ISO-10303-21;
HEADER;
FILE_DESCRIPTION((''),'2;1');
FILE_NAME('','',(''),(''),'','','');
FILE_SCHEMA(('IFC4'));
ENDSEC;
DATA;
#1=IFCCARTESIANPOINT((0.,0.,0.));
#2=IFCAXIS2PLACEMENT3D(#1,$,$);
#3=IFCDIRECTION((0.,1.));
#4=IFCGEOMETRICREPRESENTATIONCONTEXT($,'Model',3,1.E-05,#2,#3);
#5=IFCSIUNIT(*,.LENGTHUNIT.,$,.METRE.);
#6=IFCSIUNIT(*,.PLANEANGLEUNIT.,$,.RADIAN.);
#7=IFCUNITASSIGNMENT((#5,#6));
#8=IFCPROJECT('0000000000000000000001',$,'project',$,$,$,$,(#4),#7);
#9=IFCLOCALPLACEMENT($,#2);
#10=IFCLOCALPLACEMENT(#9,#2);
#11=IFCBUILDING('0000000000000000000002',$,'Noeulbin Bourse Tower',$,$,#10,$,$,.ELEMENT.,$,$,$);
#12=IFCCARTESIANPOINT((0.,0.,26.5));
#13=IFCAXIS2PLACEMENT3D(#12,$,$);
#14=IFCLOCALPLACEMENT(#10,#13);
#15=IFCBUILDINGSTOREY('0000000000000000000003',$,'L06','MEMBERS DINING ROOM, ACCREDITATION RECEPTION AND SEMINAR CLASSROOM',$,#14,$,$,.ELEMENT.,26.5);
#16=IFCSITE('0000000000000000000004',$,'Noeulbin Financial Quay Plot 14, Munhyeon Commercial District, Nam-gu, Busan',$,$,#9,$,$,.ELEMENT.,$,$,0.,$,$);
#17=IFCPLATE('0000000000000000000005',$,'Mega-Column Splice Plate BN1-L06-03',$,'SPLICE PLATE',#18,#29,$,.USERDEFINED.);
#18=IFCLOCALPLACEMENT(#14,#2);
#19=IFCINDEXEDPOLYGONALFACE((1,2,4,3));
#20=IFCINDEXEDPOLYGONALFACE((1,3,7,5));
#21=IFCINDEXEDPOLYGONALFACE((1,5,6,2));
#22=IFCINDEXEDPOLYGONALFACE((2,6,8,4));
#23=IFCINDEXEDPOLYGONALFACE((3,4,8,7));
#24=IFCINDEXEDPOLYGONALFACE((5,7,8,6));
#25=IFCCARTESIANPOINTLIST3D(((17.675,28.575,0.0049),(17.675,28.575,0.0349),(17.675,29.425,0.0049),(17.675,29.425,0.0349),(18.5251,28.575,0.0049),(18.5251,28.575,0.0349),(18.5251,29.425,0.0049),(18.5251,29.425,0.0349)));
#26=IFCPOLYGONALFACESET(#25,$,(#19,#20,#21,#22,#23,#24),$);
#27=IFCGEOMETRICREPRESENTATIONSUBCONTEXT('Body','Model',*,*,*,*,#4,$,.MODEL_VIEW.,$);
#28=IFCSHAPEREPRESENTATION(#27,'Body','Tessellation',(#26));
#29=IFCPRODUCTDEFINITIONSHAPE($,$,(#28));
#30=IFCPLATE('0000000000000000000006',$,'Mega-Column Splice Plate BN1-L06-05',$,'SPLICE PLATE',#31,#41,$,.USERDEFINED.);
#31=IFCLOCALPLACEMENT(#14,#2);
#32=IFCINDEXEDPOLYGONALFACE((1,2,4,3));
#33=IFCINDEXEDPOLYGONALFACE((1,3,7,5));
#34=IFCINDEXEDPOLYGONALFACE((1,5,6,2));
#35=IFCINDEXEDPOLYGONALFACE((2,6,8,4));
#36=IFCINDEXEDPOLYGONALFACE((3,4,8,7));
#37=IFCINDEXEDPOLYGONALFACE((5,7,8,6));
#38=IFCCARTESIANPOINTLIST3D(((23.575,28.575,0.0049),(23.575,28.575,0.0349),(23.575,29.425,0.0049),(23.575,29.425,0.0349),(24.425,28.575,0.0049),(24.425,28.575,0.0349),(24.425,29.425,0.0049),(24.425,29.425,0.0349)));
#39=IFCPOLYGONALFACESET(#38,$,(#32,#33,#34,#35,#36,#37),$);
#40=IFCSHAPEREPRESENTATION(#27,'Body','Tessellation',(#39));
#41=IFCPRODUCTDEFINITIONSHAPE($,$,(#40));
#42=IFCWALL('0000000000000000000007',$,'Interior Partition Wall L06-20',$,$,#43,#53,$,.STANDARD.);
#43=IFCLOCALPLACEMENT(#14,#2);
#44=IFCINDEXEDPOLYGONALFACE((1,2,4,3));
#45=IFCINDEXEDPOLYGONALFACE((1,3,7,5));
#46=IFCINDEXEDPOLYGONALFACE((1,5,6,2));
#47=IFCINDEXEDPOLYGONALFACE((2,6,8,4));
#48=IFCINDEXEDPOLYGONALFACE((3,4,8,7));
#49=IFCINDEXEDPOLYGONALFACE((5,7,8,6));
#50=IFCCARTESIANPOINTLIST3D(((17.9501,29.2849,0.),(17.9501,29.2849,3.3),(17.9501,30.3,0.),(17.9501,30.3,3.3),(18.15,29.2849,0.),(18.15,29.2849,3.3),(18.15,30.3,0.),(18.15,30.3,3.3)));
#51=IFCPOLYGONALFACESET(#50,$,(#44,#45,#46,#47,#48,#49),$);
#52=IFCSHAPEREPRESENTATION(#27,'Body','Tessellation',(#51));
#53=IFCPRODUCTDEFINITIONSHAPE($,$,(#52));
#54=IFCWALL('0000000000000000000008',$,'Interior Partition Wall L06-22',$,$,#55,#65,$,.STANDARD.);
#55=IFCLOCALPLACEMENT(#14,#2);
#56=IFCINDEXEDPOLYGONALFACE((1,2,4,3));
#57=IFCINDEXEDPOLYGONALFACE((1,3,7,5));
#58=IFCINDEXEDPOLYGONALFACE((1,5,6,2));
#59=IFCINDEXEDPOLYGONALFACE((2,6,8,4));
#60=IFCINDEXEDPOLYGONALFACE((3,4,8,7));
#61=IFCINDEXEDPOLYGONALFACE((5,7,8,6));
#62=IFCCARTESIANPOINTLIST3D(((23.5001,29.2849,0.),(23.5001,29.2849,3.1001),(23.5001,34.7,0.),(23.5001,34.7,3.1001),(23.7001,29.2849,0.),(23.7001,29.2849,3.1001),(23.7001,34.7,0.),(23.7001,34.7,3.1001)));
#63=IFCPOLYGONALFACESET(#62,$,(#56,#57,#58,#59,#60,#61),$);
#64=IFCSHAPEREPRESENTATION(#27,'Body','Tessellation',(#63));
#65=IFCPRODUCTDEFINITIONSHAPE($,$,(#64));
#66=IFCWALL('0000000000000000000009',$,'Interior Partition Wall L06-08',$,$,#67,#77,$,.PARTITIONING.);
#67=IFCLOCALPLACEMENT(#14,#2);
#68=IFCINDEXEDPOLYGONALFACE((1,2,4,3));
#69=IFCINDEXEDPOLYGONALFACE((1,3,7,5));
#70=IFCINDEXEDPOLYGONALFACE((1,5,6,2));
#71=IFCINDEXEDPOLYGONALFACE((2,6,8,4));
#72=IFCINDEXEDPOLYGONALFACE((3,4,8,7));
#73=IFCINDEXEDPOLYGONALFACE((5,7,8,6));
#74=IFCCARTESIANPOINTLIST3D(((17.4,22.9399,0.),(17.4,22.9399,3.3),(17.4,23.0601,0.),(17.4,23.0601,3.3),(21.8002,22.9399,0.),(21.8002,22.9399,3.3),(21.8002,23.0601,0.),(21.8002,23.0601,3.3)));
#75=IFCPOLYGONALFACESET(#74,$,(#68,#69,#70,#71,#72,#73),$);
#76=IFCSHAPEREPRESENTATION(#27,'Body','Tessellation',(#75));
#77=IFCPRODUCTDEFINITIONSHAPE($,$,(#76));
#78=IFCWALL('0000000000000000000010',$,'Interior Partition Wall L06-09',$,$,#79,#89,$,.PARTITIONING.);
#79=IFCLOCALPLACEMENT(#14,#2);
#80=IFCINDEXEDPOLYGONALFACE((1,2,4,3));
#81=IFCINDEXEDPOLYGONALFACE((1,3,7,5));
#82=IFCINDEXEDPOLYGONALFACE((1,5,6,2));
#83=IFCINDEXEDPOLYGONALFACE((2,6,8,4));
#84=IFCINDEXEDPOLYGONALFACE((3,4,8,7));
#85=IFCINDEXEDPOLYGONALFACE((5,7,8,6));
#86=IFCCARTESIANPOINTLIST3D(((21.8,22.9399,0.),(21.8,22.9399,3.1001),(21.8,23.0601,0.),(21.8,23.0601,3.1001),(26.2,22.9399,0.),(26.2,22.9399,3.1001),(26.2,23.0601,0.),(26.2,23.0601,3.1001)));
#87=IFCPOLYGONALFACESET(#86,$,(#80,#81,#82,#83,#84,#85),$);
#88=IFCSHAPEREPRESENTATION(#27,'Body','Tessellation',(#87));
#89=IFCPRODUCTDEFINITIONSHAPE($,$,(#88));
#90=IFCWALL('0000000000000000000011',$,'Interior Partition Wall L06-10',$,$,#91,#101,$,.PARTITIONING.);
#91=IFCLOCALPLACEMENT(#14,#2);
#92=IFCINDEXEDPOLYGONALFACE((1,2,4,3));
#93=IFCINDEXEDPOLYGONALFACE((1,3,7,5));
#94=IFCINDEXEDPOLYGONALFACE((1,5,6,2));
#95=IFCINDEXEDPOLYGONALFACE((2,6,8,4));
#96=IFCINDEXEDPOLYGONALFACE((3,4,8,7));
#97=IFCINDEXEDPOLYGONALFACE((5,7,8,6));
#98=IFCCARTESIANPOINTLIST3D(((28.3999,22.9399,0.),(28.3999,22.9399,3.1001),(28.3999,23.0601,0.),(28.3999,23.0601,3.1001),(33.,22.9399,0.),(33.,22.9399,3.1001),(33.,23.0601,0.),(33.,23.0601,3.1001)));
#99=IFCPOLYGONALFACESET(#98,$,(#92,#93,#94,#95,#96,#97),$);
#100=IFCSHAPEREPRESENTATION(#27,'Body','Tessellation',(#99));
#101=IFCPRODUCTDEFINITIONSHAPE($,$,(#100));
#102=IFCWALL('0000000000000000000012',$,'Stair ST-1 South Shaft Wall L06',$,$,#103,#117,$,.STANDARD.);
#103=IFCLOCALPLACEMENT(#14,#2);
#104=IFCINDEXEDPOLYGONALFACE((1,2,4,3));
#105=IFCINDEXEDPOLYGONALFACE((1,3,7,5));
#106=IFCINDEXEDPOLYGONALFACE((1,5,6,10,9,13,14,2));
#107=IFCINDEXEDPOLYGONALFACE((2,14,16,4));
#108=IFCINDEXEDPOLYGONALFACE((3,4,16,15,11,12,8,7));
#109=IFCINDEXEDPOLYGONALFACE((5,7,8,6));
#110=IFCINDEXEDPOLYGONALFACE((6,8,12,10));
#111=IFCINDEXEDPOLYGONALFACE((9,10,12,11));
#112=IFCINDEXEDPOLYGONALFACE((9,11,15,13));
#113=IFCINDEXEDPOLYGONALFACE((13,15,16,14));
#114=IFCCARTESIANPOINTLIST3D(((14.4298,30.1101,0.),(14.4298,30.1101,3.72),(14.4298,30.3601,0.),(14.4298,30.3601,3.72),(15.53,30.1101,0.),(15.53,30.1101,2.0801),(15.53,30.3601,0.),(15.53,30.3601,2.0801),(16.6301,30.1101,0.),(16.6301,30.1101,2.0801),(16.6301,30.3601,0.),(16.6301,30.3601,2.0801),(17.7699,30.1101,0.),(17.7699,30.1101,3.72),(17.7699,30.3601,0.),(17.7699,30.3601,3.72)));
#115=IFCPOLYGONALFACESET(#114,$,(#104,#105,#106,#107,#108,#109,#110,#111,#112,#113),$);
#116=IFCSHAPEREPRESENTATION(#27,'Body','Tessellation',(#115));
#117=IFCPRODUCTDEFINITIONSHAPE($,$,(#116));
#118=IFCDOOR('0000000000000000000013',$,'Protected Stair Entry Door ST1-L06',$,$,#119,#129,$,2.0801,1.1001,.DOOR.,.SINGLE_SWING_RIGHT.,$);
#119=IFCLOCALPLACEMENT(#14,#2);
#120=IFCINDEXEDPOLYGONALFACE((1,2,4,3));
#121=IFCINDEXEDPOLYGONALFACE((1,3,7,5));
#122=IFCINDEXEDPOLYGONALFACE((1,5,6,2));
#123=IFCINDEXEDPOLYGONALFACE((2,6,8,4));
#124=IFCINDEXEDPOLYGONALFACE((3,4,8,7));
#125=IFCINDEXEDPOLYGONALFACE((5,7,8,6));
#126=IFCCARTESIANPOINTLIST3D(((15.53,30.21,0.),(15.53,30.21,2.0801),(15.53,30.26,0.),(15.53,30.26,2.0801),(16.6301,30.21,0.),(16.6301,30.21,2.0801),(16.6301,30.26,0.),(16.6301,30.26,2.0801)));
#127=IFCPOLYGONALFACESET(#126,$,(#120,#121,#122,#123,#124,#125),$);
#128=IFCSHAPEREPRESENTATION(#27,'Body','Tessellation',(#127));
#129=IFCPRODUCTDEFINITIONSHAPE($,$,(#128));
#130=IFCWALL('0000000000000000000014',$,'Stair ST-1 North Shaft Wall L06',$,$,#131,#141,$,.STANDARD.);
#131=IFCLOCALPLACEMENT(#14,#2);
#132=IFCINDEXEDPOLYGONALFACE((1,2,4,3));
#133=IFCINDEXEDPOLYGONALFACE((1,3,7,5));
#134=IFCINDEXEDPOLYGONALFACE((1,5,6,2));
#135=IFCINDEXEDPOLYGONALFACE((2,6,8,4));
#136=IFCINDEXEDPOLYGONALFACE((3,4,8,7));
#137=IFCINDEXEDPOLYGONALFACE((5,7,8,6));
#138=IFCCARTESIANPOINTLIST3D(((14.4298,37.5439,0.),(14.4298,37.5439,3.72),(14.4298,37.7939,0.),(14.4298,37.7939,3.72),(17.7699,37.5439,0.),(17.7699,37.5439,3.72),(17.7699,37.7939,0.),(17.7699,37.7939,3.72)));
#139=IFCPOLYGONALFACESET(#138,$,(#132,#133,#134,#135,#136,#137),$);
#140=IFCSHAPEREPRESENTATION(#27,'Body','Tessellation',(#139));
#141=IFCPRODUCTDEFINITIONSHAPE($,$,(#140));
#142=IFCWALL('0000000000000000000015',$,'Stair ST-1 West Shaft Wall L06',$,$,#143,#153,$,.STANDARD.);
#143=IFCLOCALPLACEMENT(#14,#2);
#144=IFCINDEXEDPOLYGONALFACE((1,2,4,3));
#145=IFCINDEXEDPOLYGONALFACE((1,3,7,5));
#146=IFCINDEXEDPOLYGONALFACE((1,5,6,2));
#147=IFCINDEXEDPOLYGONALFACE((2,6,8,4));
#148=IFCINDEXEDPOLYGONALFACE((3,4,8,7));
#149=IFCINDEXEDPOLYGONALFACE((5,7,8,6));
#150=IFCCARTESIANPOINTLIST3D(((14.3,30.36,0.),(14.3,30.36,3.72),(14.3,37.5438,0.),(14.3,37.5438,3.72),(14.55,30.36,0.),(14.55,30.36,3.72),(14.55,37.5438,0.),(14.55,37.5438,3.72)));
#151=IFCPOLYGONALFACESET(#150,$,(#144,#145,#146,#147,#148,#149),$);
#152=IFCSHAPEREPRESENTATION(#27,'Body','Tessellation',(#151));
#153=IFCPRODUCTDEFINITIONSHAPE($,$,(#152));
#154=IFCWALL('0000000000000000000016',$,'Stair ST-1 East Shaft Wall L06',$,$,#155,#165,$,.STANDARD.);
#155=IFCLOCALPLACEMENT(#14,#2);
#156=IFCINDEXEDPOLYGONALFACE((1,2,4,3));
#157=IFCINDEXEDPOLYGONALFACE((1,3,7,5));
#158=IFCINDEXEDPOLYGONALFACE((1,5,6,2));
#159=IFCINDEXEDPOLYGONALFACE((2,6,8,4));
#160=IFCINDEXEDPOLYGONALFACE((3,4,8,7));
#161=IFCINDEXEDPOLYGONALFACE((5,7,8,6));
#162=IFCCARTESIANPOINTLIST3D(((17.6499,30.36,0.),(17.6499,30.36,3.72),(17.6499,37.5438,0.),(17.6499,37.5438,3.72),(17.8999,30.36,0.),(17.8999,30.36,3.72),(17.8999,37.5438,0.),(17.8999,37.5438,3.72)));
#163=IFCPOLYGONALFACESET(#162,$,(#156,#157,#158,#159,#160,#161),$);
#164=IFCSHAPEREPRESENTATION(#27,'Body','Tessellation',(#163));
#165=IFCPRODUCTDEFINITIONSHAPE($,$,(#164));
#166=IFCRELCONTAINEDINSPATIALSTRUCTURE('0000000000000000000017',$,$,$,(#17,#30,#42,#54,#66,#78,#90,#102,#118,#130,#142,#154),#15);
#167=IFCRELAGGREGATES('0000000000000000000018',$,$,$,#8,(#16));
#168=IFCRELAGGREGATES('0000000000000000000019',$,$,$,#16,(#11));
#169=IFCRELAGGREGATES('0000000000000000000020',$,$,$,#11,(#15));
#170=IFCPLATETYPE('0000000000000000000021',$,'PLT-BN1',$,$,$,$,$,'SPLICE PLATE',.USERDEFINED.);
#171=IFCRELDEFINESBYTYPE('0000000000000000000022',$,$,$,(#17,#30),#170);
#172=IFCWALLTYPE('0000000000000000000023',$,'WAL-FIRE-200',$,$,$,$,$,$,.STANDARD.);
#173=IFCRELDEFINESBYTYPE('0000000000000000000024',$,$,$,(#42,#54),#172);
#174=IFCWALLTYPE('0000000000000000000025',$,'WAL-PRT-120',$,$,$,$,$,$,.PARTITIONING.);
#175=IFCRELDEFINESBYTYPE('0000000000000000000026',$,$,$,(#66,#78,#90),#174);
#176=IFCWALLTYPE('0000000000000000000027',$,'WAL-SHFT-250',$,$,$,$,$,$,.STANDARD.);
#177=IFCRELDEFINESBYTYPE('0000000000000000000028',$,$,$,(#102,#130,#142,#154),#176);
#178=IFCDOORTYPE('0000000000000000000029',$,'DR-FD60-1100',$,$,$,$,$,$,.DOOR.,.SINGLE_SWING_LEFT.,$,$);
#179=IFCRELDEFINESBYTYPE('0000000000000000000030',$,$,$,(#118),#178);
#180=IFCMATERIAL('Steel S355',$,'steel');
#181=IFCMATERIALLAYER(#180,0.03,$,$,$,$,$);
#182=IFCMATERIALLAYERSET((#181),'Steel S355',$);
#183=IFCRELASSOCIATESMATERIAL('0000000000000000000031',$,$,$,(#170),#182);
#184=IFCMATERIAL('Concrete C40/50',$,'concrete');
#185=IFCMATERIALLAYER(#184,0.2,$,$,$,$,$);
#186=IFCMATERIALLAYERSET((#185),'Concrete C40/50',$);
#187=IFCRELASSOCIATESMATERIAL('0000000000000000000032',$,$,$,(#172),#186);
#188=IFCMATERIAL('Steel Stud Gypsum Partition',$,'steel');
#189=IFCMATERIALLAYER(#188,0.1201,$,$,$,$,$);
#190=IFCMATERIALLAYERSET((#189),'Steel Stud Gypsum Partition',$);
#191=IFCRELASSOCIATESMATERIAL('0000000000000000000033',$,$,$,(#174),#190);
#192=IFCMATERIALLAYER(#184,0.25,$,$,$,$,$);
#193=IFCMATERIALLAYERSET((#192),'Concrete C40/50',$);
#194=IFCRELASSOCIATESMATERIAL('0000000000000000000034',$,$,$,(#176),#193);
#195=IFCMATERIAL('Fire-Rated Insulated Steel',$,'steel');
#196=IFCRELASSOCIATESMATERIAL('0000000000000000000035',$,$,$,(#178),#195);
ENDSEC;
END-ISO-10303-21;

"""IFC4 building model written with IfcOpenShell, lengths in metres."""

from ifc_helpers import new_model, si_unit, direction, frame, frame_2d, origin, origin_2d, place, context, subcontext, project, spatial, rectangle, extrude, material, layer, layer_set, type_object, element, fill, save


model = new_model("IFC4")

# Units and contexts
model_context = context("Model", 3, precision=1e-05, world=origin(), true_north=direction((0.0, 1.0)))
body_context = subcontext(model_context, "Body", "Model", "MODEL_VIEW")
ifc_project = project(units=[si_unit("LENGTHUNIT", "METRE"), si_unit("PLANEANGLEUNIT", "RADIAN")], contexts=[model_context])

# Site, building, storey
site_placement = place(None, origin())
site = spatial("IfcSite", under=ifc_project, at=site_placement, Name="Noeulbin Financial Quay Plot 14, Munhyeon Commercial District, Nam-gu, Busan", CompositionType="ELEMENT", RefElevation=0.0)
building_placement = place(site_placement, origin())
building = spatial("IfcBuilding", under=site, at=building_placement, Name="Noeulbin Bourse Tower", CompositionType="ELEMENT")
storey_placement = place(building_placement, frame((0.0, 0.0, 26.5)))
storey = spatial("IfcBuildingStorey", under=building, at=storey_placement, Name="L06", Description="MEMBERS DINING ROOM, ACCREDITATION RECEPTION AND SEMINAR CLASSROOM", CompositionType="ELEMENT", Elevation=26.5)

# Shared definitions
ifc_material_1 = material(Name="Steel S355", Category="steel")

# Plates
ifc_layer_1 = layer(ifc_material_1, 0.03)
ifc_layer_set_1 = layer_set([ifc_layer_1], Name="Steel S355")
plate_type = type_object("IfcPlateType", Name="PLT-BN1", ElementType="SPLICE PLATE", PredefinedType="USERDEFINED", material=ifc_layer_set_1)
for number, where, z_axis, x_axis, name in (
    (1, (18.1001, 29.0, 0.0049), (0.0, 0.0, 1.0), (1.0, 0.0, 0.0), "Mega-Column Splice Plate BN1-L06-03"),
    (2, (24.0, 29.0, 0.0049), (0.0, 0.0, 1.0), (1.0, 0.0, 0.0), "Mega-Column Splice Plate BN1-L06-05"),
):
    element("IfcPlate", number, at=place(storey_placement, frame(where, z_axis=z_axis, x_axis=x_axis)), inside=storey, type_object=plate_type, Name=name, ObjectType="SPLICE PLATE", PredefinedType="USERDEFINED", context=body_context, shape_type="SweptSolid", body=[
        extrude(rectangle(XDim=0.8501, YDim=0.8501, at=origin_2d()), origin(), (0.0, 0.0, 1.0), 0.03),
    ])

# Walls
ifc_material_2 = material(Name="Concrete C40/50", Category="concrete")
ifc_layer_2 = layer(ifc_material_2, 0.2)
ifc_layer_set_2 = layer_set([ifc_layer_2], Name="Concrete C40/50")
wall_type_1 = type_object("IfcWallType", Name="WAL-FIRE-200", PredefinedType="STANDARD", material=ifc_layer_set_2)
wall_1_placement = place(storey_placement, frame((18.05, 29.2849, 0.0), z_axis=(0.0, 0.0, 1.0), x_axis=(0.0, 1.0, 0.0)))
element("IfcWall", 3, at=wall_1_placement, inside=storey, type_object=wall_type_1, Name="Interior Partition Wall L06-20", PredefinedType="STANDARD", context=body_context, shape_type="SweptSolid", body=[
    extrude(rectangle(XDim=1.0151, YDim=0.2, at=frame_2d((0.5076, 0.0))), origin(), (0.0, 0.0, 1.0), 3.3),
])
wall_2_placement = place(storey_placement, frame((23.6001, 29.2849, 0.0), z_axis=(0.0, 0.0, 1.0), x_axis=(0.0, 1.0, 0.0)))
element("IfcWall", 4, at=wall_2_placement, inside=storey, type_object=wall_type_1, Name="Interior Partition Wall L06-22", PredefinedType="STANDARD", context=body_context, shape_type="SweptSolid", body=[
    extrude(rectangle(XDim=5.415, YDim=0.2, at=frame_2d((2.7075, 0.0))), origin(), (0.0, 0.0, 1.0), 3.1001),
])
ifc_material_3 = material(Name="Steel Stud Gypsum Partition", Category="steel")
ifc_layer_3 = layer(ifc_material_3, 0.1201)
ifc_layer_set_3 = layer_set([ifc_layer_3], Name="Steel Stud Gypsum Partition")
wall_type_2 = type_object("IfcWallType", Name="WAL-PRT-120", PredefinedType="PARTITIONING", material=ifc_layer_set_3)
wall_3_placement = place(storey_placement, frame((17.3999, 23.0, 0.0), z_axis=(0.0, 0.0, 1.0), x_axis=(1.0, 0.0, 0.0)))
element("IfcWall", 5, at=wall_3_placement, inside=storey, type_object=wall_type_2, Name="Interior Partition Wall L06-08", PredefinedType="PARTITIONING", context=body_context, shape_type="SweptSolid", body=[
    extrude(rectangle(XDim=4.4001, YDim=0.1201, at=frame_2d((2.2002, 0.0))), origin(), (0.0, 0.0, 1.0), 3.3),
])
wall_4_placement = place(storey_placement, frame((21.8, 23.0, 0.0), z_axis=(0.0, 0.0, 1.0), x_axis=(1.0, 0.0, 0.0)))
element("IfcWall", 6, at=wall_4_placement, inside=storey, type_object=wall_type_2, Name="Interior Partition Wall L06-09", PredefinedType="PARTITIONING", context=body_context, shape_type="SweptSolid", body=[
    extrude(rectangle(XDim=4.3999, YDim=0.1201, at=frame_2d((2.2, 0.0))), origin(), (0.0, 0.0, 1.0), 3.1001),
])
wall_5_placement = place(storey_placement, frame((28.3999, 23.0, 0.0), z_axis=(0.0, 0.0, 1.0), x_axis=(1.0, 0.0, 0.0)))
element("IfcWall", 7, at=wall_5_placement, inside=storey, type_object=wall_type_2, Name="Interior Partition Wall L06-10", PredefinedType="PARTITIONING", context=body_context, shape_type="SweptSolid", body=[
    extrude(rectangle(XDim=4.6001, YDim=0.1201, at=frame_2d((2.3, 0.0))), origin(), (0.0, 0.0, 1.0), 3.1001),
])

# Wall, opening, door
ifc_layer_4 = layer(ifc_material_2, 0.25)
ifc_layer_set_4 = layer_set([ifc_layer_4], Name="Concrete C40/50")
wall_type_3 = type_object("IfcWallType", Name="WAL-SHFT-250", PredefinedType="STANDARD", material=ifc_layer_set_4)
wall_6_placement = place(storey_placement, frame((14.4299, 30.2351, 0.0), z_axis=(0.0, 0.0, 1.0), x_axis=(1.0, 0.0, 0.0)))
wall_6 = element("IfcWall", 8, at=wall_6_placement, inside=storey, type_object=wall_type_3, Name="Stair ST-1 South Shaft Wall L06", PredefinedType="STANDARD", context=body_context, shape_type="SweptSolid", body=[
    extrude(rectangle(XDim=3.3401, YDim=0.25, at=frame_2d((1.6699, 0.0))), origin(), (0.0, 0.0, 1.0), 3.72),
])
opening_1_placement = place(wall_6_placement, frame((1.1001, 0.0, 0.0)))
opening_1 = element("IfcOpeningElement", 9, at=opening_1_placement, cuts=wall_6, PredefinedType="OPENING", context=body_context, shape_type="SweptSolid", body=[
    extrude(rectangle(XDim=1.1001, YDim=2.0801, at=frame_2d((0.55, 1.04))), frame((0.0, 0.135, 0.0), z_axis=(0.0, -1.0, 0.0), x_axis=(1.0, 0.0, 0.0)), (0.0, 0.0, 1.0), 0.27),
])
ifc_material_4 = material(Name="Fire-Rated Insulated Steel", Category="steel")
door_type_1 = type_object("IfcDoorType", Name="DR-FD60-1100", OperationType="SINGLE_SWING_LEFT", PredefinedType="DOOR", material=ifc_material_4)
door_1_placement = place(opening_1_placement, origin())
door_1 = element("IfcDoor", 10, at=door_1_placement, inside=storey, type_object=door_type_1, Name="Protected Stair Entry Door ST1-L06", OperationType="SINGLE_SWING_RIGHT", OverallHeight=2.0801, OverallWidth=1.1001, PredefinedType="DOOR", context=body_context, shape_type="SweptSolid", body=[
    extrude(rectangle(XDim=1.1001, YDim=2.0801, at=frame_2d((0.55, 1.04))), frame((0.0, 0.0249, 0.0), z_axis=(0.0, -1.0, 0.0), x_axis=(1.0, 0.0, 0.0)), (0.0, 0.0, 1.0), 0.05),
])
fill(opening_1, door_1)

# Walls
wall_7_placement = place(storey_placement, frame((14.4299, 37.6689, 0.0), z_axis=(0.0, 0.0, 1.0), x_axis=(1.0, 0.0, 0.0)))
element("IfcWall", 11, at=wall_7_placement, inside=storey, type_object=wall_type_3, Name="Stair ST-1 North Shaft Wall L06", PredefinedType="STANDARD", context=body_context, shape_type="SweptSolid", body=[
    extrude(rectangle(XDim=3.3401, YDim=0.25, at=frame_2d((1.6699, 0.0))), origin(), (0.0, 0.0, 1.0), 3.72),
])
for number, where, z_axis, x_axis, name in (
    (12, (14.425, 30.3601, 0.0), (0.0, 0.0, 1.0), (0.0, 1.0, 0.0), "Stair ST-1 West Shaft Wall L06"),
    (13, (17.7749, 30.3601, 0.0), (0.0, 0.0, 1.0), (0.0, 1.0, 0.0), "Stair ST-1 East Shaft Wall L06"),
):
    element("IfcWall", number, at=place(storey_placement, frame(where, z_axis=z_axis, x_axis=x_axis)), inside=storey, type_object=wall_type_3, Name=name, PredefinedType="STANDARD", context=body_context, shape_type="SweptSolid", body=[
        extrude(rectangle(XDim=7.1838, YDim=0.25, at=frame_2d((3.5918, 0.0))), origin(), (0.0, 0.0, 1.0), 3.72),
    ])

save(model, "model.ifc")
